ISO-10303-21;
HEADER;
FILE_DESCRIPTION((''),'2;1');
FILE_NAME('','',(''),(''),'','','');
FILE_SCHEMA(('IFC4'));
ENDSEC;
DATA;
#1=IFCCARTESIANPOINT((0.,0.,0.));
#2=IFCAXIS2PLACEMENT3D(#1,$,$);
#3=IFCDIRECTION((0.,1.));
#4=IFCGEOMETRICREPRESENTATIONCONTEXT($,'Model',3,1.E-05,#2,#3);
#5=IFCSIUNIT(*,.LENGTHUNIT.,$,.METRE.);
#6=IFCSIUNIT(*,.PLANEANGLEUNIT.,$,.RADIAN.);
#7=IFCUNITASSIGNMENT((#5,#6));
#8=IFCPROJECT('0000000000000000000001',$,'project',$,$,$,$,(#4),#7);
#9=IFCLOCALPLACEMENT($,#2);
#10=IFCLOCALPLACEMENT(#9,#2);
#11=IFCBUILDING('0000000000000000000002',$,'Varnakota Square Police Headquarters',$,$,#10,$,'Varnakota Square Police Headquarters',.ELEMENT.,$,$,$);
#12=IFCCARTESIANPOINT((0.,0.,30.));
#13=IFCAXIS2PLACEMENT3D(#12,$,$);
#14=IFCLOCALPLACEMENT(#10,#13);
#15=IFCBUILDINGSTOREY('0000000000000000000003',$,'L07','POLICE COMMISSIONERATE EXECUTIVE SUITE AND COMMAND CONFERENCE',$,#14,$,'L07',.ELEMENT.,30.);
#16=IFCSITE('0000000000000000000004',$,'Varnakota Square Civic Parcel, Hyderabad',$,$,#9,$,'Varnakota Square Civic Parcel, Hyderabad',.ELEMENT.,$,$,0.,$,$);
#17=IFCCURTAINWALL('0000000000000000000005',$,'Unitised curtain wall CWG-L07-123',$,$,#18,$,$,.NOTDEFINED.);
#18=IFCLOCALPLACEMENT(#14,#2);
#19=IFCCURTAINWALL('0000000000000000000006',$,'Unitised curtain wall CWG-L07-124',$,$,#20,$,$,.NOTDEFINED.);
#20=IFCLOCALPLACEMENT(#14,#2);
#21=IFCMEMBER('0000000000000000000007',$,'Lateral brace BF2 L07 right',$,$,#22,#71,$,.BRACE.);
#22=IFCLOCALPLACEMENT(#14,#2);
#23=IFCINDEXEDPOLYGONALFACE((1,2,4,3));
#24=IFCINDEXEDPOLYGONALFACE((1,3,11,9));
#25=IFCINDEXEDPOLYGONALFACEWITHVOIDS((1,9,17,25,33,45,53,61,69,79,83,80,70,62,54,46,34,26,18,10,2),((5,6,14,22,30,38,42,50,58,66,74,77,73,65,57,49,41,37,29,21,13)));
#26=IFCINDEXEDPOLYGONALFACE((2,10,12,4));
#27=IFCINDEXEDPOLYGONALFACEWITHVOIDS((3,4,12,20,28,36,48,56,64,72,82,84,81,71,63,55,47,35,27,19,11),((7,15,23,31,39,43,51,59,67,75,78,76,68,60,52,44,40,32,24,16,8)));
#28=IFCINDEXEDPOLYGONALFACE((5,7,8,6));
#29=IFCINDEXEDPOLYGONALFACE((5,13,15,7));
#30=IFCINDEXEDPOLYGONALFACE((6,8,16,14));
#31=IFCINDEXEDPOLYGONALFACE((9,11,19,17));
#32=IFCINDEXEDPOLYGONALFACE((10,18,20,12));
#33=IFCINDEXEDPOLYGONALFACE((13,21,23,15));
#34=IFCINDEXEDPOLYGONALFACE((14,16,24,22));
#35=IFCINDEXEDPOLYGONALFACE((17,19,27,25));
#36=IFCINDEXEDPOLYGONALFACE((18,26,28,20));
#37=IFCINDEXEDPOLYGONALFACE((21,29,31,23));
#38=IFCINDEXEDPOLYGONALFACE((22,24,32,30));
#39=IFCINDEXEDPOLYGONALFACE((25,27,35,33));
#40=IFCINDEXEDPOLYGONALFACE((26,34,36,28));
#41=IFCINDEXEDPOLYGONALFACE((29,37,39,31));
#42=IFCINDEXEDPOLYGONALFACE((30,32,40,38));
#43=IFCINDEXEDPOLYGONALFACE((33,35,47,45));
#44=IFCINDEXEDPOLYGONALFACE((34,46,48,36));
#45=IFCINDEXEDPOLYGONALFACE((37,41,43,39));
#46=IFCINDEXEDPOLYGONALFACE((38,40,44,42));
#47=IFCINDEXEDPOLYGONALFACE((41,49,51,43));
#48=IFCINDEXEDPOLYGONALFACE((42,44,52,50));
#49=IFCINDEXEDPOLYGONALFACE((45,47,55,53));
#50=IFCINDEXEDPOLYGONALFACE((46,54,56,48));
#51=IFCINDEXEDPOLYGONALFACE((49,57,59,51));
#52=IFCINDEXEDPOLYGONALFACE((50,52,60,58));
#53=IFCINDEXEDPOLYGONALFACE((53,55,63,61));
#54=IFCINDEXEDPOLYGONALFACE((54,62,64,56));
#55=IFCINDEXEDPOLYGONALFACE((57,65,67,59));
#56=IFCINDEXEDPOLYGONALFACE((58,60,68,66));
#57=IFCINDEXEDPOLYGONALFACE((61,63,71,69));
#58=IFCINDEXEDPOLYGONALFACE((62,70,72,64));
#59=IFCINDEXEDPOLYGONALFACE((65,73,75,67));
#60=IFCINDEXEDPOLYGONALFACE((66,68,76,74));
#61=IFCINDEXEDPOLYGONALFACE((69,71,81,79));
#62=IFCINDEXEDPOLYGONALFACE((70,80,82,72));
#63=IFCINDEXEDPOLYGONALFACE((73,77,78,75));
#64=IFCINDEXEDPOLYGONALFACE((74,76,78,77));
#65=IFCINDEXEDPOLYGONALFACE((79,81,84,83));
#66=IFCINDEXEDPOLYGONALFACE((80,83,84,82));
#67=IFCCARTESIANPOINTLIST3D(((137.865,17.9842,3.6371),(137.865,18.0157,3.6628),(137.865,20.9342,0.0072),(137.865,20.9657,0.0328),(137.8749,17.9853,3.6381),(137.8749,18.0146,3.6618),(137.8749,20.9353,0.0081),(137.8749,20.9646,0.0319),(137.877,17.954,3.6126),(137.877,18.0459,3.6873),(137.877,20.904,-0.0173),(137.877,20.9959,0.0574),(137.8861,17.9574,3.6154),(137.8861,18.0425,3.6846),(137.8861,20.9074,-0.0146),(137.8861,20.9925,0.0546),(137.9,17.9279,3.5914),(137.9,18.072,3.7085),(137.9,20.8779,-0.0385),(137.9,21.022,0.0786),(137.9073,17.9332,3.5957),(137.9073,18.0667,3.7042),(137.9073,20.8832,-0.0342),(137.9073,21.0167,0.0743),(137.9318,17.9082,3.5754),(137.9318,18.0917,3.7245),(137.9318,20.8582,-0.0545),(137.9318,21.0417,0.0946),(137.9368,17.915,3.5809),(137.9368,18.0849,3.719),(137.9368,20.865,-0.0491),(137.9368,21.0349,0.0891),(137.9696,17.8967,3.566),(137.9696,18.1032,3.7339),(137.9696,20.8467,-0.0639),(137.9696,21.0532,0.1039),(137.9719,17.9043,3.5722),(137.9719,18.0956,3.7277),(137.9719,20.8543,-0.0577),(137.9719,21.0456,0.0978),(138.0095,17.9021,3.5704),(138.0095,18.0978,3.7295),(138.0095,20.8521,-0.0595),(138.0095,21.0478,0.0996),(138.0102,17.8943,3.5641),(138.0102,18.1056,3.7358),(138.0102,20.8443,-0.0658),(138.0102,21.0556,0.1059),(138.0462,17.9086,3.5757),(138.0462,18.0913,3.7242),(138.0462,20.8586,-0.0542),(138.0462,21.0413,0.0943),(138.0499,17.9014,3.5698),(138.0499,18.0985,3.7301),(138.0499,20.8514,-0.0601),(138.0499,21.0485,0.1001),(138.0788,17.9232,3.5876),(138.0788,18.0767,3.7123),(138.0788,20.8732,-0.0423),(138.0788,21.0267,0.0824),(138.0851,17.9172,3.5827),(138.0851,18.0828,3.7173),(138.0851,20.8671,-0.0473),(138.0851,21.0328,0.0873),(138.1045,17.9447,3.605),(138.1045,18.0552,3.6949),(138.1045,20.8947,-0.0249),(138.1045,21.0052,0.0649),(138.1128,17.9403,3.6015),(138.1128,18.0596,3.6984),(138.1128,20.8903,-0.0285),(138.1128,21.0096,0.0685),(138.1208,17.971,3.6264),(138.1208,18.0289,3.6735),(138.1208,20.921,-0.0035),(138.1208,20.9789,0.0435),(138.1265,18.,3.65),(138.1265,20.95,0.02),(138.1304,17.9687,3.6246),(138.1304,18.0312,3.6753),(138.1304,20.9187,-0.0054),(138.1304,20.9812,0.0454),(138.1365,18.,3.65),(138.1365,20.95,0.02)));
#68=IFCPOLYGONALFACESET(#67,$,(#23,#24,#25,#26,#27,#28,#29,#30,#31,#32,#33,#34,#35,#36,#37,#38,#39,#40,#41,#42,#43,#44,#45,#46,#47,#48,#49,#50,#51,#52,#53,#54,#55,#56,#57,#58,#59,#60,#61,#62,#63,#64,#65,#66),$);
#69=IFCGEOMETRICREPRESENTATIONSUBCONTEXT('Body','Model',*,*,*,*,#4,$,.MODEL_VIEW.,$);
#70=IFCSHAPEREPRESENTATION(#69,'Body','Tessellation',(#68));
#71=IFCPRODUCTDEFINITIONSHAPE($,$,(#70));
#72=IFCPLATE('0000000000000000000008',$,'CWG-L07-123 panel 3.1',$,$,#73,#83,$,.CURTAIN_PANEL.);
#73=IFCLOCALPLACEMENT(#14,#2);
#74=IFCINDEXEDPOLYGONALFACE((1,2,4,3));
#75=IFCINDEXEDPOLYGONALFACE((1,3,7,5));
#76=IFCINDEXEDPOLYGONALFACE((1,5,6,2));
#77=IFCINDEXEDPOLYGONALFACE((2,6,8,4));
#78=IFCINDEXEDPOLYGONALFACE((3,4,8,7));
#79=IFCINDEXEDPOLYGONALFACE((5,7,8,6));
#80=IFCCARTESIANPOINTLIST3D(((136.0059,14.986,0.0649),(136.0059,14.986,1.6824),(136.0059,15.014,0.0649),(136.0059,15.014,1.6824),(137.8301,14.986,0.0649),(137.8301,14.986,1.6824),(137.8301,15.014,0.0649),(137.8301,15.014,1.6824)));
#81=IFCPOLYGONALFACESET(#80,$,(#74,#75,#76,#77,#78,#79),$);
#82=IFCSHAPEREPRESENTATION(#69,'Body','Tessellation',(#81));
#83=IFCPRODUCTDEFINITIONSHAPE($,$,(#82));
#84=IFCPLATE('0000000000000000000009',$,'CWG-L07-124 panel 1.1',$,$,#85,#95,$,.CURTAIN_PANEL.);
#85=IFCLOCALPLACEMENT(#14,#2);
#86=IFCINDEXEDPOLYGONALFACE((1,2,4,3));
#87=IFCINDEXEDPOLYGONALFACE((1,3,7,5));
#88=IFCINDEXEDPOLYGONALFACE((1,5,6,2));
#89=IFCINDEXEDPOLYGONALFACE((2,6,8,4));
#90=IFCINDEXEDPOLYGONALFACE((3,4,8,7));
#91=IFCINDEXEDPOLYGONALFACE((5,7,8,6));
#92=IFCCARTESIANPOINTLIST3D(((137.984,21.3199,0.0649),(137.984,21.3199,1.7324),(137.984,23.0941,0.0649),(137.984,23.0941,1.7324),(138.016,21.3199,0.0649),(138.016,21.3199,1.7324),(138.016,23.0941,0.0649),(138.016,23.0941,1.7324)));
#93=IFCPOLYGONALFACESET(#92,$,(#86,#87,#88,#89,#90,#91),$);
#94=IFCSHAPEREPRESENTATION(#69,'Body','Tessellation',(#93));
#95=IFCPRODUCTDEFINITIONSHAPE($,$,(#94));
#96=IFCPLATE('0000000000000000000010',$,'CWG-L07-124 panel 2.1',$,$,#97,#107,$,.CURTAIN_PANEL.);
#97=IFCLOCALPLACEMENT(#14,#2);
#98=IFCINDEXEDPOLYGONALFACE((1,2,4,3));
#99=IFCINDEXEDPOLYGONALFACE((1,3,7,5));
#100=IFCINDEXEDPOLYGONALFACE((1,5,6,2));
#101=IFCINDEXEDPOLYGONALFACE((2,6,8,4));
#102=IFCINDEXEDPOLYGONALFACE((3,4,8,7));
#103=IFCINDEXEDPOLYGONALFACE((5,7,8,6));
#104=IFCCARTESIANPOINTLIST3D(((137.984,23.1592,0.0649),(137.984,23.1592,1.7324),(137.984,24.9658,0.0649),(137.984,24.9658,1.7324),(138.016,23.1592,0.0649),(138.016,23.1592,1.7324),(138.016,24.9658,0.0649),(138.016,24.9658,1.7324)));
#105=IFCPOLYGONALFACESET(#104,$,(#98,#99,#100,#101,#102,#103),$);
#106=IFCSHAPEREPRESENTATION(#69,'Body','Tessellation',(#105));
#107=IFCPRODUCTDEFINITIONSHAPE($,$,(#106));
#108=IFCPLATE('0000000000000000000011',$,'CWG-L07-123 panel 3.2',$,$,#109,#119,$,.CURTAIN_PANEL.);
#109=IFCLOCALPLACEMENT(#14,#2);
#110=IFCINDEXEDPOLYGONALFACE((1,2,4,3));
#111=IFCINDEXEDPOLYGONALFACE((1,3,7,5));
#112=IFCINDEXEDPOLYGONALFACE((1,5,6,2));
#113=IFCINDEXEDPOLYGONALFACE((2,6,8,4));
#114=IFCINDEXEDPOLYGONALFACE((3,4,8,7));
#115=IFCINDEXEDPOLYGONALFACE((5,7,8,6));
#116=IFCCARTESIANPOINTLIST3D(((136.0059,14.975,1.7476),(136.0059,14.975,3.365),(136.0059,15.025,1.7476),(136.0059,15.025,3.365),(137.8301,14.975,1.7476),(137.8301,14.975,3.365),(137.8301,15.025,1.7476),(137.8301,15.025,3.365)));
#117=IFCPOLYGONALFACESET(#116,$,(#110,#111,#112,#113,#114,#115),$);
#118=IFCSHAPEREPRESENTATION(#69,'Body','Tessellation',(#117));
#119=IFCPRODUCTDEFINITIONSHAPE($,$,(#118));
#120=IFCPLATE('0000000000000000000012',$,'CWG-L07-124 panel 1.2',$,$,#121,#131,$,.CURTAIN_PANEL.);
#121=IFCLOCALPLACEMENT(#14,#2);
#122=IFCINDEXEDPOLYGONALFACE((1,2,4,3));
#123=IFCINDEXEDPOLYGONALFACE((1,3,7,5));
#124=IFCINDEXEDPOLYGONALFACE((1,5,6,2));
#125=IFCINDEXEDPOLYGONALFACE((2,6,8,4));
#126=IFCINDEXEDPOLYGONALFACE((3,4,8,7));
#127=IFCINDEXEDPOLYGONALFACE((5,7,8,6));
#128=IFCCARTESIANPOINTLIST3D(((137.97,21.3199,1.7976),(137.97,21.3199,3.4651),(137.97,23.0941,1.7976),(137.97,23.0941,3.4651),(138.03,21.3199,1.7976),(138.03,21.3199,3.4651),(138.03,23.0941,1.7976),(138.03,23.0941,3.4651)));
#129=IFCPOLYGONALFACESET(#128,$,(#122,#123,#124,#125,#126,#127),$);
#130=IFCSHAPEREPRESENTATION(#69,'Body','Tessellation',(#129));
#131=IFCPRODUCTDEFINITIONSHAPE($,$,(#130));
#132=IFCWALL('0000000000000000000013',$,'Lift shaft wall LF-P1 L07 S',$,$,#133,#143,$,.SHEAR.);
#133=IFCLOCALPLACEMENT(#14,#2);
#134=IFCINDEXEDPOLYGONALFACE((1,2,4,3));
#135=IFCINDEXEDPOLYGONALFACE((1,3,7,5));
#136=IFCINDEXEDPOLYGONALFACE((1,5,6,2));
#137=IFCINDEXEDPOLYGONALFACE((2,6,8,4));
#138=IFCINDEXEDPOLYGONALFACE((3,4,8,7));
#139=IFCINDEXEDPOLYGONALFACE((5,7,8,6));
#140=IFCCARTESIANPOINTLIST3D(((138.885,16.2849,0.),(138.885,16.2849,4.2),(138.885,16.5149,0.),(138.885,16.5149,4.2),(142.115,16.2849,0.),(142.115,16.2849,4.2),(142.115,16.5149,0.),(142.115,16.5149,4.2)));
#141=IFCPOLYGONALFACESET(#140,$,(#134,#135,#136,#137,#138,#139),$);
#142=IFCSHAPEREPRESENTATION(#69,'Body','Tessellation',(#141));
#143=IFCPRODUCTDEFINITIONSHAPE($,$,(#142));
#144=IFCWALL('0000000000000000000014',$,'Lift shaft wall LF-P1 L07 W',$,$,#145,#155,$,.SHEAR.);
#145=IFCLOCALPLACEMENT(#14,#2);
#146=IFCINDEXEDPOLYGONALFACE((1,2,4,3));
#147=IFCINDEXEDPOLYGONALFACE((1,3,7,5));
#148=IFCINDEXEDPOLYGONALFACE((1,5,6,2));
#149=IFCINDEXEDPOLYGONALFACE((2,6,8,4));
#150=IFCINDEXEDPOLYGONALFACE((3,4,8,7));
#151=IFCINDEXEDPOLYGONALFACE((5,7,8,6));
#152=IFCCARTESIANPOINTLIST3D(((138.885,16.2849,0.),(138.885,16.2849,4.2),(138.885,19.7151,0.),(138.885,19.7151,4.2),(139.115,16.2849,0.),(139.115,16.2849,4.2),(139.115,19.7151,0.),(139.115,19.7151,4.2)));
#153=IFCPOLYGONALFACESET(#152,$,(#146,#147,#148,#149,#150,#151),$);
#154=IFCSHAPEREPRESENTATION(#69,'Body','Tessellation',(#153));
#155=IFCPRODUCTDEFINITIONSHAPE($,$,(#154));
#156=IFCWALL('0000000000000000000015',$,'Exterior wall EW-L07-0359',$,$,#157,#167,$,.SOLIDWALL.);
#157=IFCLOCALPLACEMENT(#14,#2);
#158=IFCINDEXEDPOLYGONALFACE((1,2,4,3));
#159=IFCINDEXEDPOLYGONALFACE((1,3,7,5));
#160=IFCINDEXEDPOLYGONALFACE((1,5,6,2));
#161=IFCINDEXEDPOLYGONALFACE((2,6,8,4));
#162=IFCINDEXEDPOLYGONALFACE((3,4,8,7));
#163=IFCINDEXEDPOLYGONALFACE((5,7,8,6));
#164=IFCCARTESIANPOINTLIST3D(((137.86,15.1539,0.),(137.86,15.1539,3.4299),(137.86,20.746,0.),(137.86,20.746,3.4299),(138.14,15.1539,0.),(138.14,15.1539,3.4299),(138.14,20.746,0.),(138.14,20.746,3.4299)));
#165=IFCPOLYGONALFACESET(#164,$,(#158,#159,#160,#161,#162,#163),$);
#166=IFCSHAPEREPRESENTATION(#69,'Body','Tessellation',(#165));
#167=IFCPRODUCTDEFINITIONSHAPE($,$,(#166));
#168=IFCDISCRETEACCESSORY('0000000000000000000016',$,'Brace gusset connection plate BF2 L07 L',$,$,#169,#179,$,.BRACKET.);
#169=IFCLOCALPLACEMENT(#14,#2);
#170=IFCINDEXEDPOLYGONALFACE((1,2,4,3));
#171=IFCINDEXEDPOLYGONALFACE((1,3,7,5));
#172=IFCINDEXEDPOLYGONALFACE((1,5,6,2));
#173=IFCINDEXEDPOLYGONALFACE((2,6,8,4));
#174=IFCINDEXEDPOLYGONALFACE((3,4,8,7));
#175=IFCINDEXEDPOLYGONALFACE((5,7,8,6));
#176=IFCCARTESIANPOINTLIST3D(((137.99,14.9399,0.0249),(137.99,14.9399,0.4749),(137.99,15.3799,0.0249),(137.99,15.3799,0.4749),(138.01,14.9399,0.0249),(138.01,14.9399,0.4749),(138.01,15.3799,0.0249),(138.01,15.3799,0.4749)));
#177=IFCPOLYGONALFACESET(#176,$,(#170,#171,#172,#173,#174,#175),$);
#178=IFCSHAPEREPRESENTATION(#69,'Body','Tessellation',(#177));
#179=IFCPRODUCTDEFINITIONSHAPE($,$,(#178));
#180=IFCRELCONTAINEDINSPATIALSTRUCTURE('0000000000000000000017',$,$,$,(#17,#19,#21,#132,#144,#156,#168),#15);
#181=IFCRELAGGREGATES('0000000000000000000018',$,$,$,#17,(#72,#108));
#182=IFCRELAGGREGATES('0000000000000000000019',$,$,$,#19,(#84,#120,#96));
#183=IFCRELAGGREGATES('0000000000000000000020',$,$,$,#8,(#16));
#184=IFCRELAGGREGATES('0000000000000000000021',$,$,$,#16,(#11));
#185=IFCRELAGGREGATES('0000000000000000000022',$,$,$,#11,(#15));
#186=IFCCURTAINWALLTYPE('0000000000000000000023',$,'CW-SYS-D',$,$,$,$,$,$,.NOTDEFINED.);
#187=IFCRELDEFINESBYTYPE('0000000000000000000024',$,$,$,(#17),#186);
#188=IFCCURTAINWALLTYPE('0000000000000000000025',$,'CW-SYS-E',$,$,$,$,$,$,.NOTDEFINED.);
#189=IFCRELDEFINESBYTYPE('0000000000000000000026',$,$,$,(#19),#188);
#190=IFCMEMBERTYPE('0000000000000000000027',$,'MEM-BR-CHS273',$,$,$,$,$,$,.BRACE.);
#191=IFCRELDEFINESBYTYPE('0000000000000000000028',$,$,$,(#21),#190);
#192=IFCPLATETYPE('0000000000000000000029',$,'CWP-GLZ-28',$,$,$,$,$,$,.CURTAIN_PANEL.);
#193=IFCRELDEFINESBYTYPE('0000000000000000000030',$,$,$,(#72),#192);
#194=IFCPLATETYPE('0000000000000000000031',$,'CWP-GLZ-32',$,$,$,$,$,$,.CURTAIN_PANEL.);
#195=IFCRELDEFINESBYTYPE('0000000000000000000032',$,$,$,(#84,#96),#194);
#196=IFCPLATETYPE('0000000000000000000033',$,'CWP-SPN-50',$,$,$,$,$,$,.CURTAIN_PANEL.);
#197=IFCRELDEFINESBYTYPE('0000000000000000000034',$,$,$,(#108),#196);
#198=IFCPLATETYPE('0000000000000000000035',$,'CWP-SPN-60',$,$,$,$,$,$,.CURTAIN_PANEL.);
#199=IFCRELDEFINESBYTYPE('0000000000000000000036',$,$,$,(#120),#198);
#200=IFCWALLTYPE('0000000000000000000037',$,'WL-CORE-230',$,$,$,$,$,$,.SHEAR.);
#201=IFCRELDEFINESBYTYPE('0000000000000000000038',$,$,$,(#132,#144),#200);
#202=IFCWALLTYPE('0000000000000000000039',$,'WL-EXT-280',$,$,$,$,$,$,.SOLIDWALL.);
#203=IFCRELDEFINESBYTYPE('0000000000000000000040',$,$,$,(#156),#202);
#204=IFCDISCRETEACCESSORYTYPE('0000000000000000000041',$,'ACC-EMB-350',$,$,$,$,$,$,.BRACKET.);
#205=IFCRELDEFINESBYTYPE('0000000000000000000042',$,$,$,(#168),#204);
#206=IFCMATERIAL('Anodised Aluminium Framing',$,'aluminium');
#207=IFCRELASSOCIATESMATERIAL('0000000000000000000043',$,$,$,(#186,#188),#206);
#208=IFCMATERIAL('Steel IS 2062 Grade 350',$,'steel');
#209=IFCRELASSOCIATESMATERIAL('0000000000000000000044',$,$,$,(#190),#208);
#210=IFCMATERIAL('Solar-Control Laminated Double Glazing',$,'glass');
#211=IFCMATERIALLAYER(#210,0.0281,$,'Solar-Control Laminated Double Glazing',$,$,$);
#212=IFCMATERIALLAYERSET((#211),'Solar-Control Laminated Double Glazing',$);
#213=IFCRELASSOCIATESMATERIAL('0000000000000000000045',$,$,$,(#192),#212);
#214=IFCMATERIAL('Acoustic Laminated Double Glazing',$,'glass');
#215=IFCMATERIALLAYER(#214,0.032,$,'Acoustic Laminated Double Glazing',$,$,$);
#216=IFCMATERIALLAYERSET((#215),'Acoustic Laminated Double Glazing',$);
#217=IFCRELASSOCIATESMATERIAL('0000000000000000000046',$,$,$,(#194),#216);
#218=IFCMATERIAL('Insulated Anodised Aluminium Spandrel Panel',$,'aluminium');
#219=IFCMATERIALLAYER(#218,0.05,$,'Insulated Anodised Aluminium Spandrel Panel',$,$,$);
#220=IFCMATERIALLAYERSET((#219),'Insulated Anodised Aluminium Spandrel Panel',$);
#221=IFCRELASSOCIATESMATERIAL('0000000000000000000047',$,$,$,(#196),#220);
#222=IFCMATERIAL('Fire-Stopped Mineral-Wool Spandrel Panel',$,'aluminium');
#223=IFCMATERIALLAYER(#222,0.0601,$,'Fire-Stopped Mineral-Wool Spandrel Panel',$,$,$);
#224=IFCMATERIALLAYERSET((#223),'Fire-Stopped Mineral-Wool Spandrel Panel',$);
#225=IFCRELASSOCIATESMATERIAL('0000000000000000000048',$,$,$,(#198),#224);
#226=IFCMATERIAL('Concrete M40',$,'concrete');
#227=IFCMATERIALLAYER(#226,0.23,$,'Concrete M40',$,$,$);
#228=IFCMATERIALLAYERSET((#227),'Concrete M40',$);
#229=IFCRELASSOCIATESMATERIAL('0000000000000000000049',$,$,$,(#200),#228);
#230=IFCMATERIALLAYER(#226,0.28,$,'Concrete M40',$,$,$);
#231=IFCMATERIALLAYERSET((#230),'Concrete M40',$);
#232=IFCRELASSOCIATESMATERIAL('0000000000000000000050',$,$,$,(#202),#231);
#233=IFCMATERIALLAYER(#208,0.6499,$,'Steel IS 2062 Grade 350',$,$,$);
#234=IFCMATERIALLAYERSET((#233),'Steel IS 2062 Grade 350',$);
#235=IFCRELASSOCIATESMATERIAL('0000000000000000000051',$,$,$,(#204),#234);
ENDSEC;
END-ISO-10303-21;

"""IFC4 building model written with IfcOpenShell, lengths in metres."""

from ifc_helpers import new_model, si_unit, direction, frame, frame_2d, origin, origin_2d, place, context, subcontext, project, spatial, rectangle, hollow_circle, extrude, material, layer, layer_set, material_profile, profile_set, type_object, element, aggregate, save


model = new_model("IFC4")

# Units and contexts
model_context = context("Model", 3, precision=1e-05, world=origin(), true_north=direction((0.0, 1.0)))
body_context = subcontext(model_context, "Body", "Model", "MODEL_VIEW")
ifc_project = project(units=[si_unit("LENGTHUNIT", "METRE"), si_unit("PLANEANGLEUNIT", "RADIAN")], contexts=[model_context])

# Site, building, storey
site_placement = place(None, origin())
site = spatial("IfcSite", under=ifc_project, at=site_placement, Name="Varnakota Square Civic Parcel, Hyderabad", LongName="Varnakota Square Civic Parcel, Hyderabad", CompositionType="ELEMENT", RefElevation=0.0)
building_placement = place(site_placement, origin())
building = spatial("IfcBuilding", under=site, at=building_placement, Name="Varnakota Square Police Headquarters", LongName="Varnakota Square Police Headquarters", CompositionType="ELEMENT")
storey_placement = place(building_placement, frame((0.0, 0.0, 30.0)))
storey = spatial("IfcBuildingStorey", under=building, at=storey_placement, Name="L07", Description="POLICE COMMISSIONERATE EXECUTIVE SUITE AND COMMAND CONFERENCE", LongName="L07", CompositionType="ELEMENT", Elevation=30.0)

# Shared definitions
ifc_material_1 = material(Name="Steel IS 2062 Grade 350", Category="steel")

# Curtain wall
ifc_material_2 = material(Name="Anodised Aluminium Framing", Category="aluminium")
curtain_wall_type_1 = type_object("IfcCurtainWallType", Name="CW-SYS-D", PredefinedType="NOTDEFINED", material=ifc_material_2)
curtain_wall_1_placement = place(storey_placement, origin())
curtain_wall_1 = element("IfcCurtainWall", 1, at=curtain_wall_1_placement, inside=storey, type_object=curtain_wall_type_1, Name="Unitised curtain wall CWG-L07-123", PredefinedType="NOTDEFINED")

# Curtain wall
curtain_wall_type_2 = type_object("IfcCurtainWallType", Name="CW-SYS-E", PredefinedType="NOTDEFINED", material=ifc_material_2)
curtain_wall_2_placement = place(storey_placement, origin())
curtain_wall_2 = element("IfcCurtainWall", 2, at=curtain_wall_2_placement, inside=storey, type_object=curtain_wall_type_2, Name="Unitised curtain wall CWG-L07-124", PredefinedType="NOTDEFINED")

# Member
ifc_material_profile_1 = material_profile(ifc_material_1, hollow_circle(Radius=0.1365, WallThickness=0.01, at=origin_2d()), Name="CHS 273.0x10.0")
ifc_profile_set_1 = profile_set([ifc_material_profile_1], Name="Steel IS 2062 Grade 350")
member_type_1 = type_object("IfcMemberType", Name="MEM-BR-CHS273", PredefinedType="BRACE", material=ifc_profile_set_1)
for number, where, z_axis, x_axis, name in (
    (3, (138.0, 20.95, 0.02), (0.0, -0.630679, 0.776044), (1.0, 0.0, 0.0), "Lateral brace BF2 L07 right"),
):
    element("IfcMember", number, at=place(storey_placement, frame(where, z_axis=z_axis, x_axis=x_axis)), inside=storey, type_object=member_type_1, Name=name, PredefinedType="BRACE", context=body_context, shape_type="SweptSolid", body=[
        extrude(hollow_circle(Radius=0.1365, WallThickness=0.01, at=origin_2d()), origin(), (0.0, 0.0, 1.0), 4.6775),
    ])

# Plates
ifc_material_3 = material(Name="Solar-Control Laminated Double Glazing", Category="glass")
ifc_layer_1 = layer(ifc_material_3, 0.0281, Name="Solar-Control Laminated Double Glazing")
ifc_layer_set_1 = layer_set([ifc_layer_1], Name="Solar-Control Laminated Double Glazing")
plate_type_1 = type_object("IfcPlateType", Name="CWP-GLZ-28", PredefinedType="CURTAIN_PANEL", material=ifc_layer_set_1)
plate_1_placement = place(storey_placement, frame((136.918, 15.0, 0.0649), z_axis=(0.0, 0.0, 1.0), x_axis=(1.0, 0.0, 0.0)))
plate_1 = element("IfcPlate", 4, at=plate_1_placement, type_object=plate_type_1, Name="CWG-L07-123 panel 3.1", PredefinedType="CURTAIN_PANEL", context=body_context, shape_type="SweptSolid", body=[
    extrude(rectangle(XDim=1.8242, YDim=0.0281, at=origin_2d()), origin(), (0.0, 0.0, 1.0), 1.6174),
])
ifc_material_4 = material(Name="Acoustic Laminated Double Glazing", Category="glass")
ifc_layer_2 = layer(ifc_material_4, 0.032, Name="Acoustic Laminated Double Glazing")
ifc_layer_set_2 = layer_set([ifc_layer_2], Name="Acoustic Laminated Double Glazing")
plate_type_2 = type_object("IfcPlateType", Name="CWP-GLZ-32", PredefinedType="CURTAIN_PANEL", material=ifc_layer_set_2)
plate_2_placement = place(storey_placement, frame((138.0, 22.207, 0.0649), z_axis=(0.0, 0.0, 1.0), x_axis=(0.0, 1.0, 0.0)))
plate_2 = element("IfcPlate", 5, at=plate_2_placement, type_object=plate_type_2, Name="CWG-L07-124 panel 1.1", PredefinedType="CURTAIN_PANEL", context=body_context, shape_type="SweptSolid", body=[
    extrude(rectangle(XDim=1.7742, YDim=0.032, at=origin_2d()), origin(), (0.0, 0.0, 1.0), 1.6675),
])
plate_3_placement = place(storey_placement, frame((138.0, 24.0625, 0.0649), z_axis=(0.0, 0.0, 1.0), x_axis=(0.0, 1.0, 0.0)))
plate_3 = element("IfcPlate", 6, at=plate_3_placement, type_object=plate_type_2, Name="CWG-L07-124 panel 2.1", PredefinedType="CURTAIN_PANEL", context=body_context, shape_type="SweptSolid", body=[
    extrude(rectangle(XDim=1.8066, YDim=0.032, at=origin_2d()), origin(), (0.0, 0.0, 1.0), 1.6675),
])
ifc_material_5 = material(Name="Insulated Anodised Aluminium Spandrel Panel", Category="aluminium")
ifc_layer_3 = layer(ifc_material_5, 0.05, Name="Insulated Anodised Aluminium Spandrel Panel")
ifc_layer_set_3 = layer_set([ifc_layer_3], Name="Insulated Anodised Aluminium Spandrel Panel")
plate_type_3 = type_object("IfcPlateType", Name="CWP-SPN-50", PredefinedType="CURTAIN_PANEL", material=ifc_layer_set_3)
plate_4_placement = place(storey_placement, frame((136.918, 15.0, 1.7476), z_axis=(0.0, 0.0, 1.0), x_axis=(1.0, 0.0, 0.0)))
plate_4 = element("IfcPlate", 7, at=plate_4_placement, type_object=plate_type_3, Name="CWG-L07-123 panel 3.2", PredefinedType="CURTAIN_PANEL", context=body_context, shape_type="SweptSolid", body=[
    extrude(rectangle(XDim=1.8242, YDim=0.05, at=origin_2d()), origin(), (0.0, 0.0, 1.0), 1.6174),
])
aggregate(curtain_wall_1, [plate_1, plate_4])
ifc_material_6 = material(Name="Fire-Stopped Mineral-Wool Spandrel Panel", Category="aluminium")
ifc_layer_4 = layer(ifc_material_6, 0.0601, Name="Fire-Stopped Mineral-Wool Spandrel Panel")
ifc_layer_set_4 = layer_set([ifc_layer_4], Name="Fire-Stopped Mineral-Wool Spandrel Panel")
plate_type_4 = type_object("IfcPlateType", Name="CWP-SPN-60", PredefinedType="CURTAIN_PANEL", material=ifc_layer_set_4)
plate_5_placement = place(storey_placement, frame((138.0, 22.207, 1.7976), z_axis=(0.0, 0.0, 1.0), x_axis=(0.0, 1.0, 0.0)))
plate_5 = element("IfcPlate", 8, at=plate_5_placement, type_object=plate_type_4, Name="CWG-L07-124 panel 1.2", PredefinedType="CURTAIN_PANEL", context=body_context, shape_type="SweptSolid", body=[
    extrude(rectangle(XDim=1.7742, YDim=0.0601, at=origin_2d()), origin(), (0.0, 0.0, 1.0), 1.6675),
])
aggregate(curtain_wall_2, [plate_2, plate_5, plate_3])

# Walls
ifc_material_7 = material(Name="Concrete M40", Category="concrete")
ifc_layer_5 = layer(ifc_material_7, 0.23, Name="Concrete M40")
ifc_layer_set_5 = layer_set([ifc_layer_5], Name="Concrete M40")
wall_type_1 = type_object("IfcWallType", Name="WL-CORE-230", PredefinedType="SHEAR", material=ifc_layer_set_5)
wall_1_placement = place(storey_placement, frame((138.885, 16.3999, 0.0), z_axis=(0.0, 0.0, 1.0), x_axis=(1.0, 0.0, 0.0)))
element("IfcWall", 9, at=wall_1_placement, inside=storey, type_object=wall_type_1, Name="Lift shaft wall LF-P1 L07 S", PredefinedType="SHEAR", context=body_context, shape_type="SweptSolid", body=[
    extrude(rectangle(XDim=3.23, YDim=0.23, at=frame_2d((1.615, 0.0))), origin(), (0.0, 0.0, 1.0), 4.2),
])
wall_2_placement = place(storey_placement, frame((139.0, 19.7151, 0.0), z_axis=(0.0, 0.0, 1.0), x_axis=(0.0, -1.0, 0.0)))
element("IfcWall", 10, at=wall_2_placement, inside=storey, type_object=wall_type_1, Name="Lift shaft wall LF-P1 L07 W", PredefinedType="SHEAR", context=body_context, shape_type="SweptSolid", body=[
    extrude(rectangle(XDim=3.4302, YDim=0.23, at=frame_2d((1.7151, 0.0))), origin(), (0.0, 0.0, 1.0), 4.2),
])
ifc_layer_6 = layer(ifc_material_7, 0.28, Name="Concrete M40")
ifc_layer_set_6 = layer_set([ifc_layer_6], Name="Concrete M40")
wall_type_2 = type_object("IfcWallType", Name="WL-EXT-280", PredefinedType="SOLIDWALL", material=ifc_layer_set_6)
wall_3_placement = place(storey_placement, frame((138.0, 15.1541, 0.0), z_axis=(0.0, 0.0, 1.0), x_axis=(0.0, 1.0, 0.0)))
element("IfcWall", 11, at=wall_3_placement, inside=storey, type_object=wall_type_2, Name="Exterior wall EW-L07-0359", PredefinedType="SOLIDWALL", context=body_context, shape_type="SweptSolid", body=[
    extrude(rectangle(XDim=5.592, YDim=0.28, at=frame_2d((2.7959, 0.0))), origin(), (0.0, 0.0, 1.0), 3.4299),
])

# Discrete accessory
ifc_layer_7 = layer(ifc_material_1, 0.6499, Name="Steel IS 2062 Grade 350")
ifc_layer_set_7 = layer_set([ifc_layer_7], Name="Steel IS 2062 Grade 350")
discrete_accessory_type = type_object("IfcDiscreteAccessoryType", Name="ACC-EMB-350", PredefinedType="BRACKET", material=ifc_layer_set_7)
for number, where, z_axis, x_axis, name in (
    (12, (138.0, 15.1599, 0.0249), (0.0, 0.0, 1.0), (0.0, 1.0, 0.0), "Brace gusset connection plate BF2 L07 L"),
):
    element("IfcDiscreteAccessory", number, at=place(storey_placement, frame(where, z_axis=z_axis, x_axis=x_axis)), inside=storey, type_object=discrete_accessory_type, Name=name, PredefinedType="BRACKET", context=body_context, shape_type="SweptSolid", body=[
        extrude(rectangle(XDim=0.4399, YDim=0.02, at=origin_2d()), origin(), (0.0, 0.0, 1.0), 0.45),
    ])

save(model, "model.ifc")
